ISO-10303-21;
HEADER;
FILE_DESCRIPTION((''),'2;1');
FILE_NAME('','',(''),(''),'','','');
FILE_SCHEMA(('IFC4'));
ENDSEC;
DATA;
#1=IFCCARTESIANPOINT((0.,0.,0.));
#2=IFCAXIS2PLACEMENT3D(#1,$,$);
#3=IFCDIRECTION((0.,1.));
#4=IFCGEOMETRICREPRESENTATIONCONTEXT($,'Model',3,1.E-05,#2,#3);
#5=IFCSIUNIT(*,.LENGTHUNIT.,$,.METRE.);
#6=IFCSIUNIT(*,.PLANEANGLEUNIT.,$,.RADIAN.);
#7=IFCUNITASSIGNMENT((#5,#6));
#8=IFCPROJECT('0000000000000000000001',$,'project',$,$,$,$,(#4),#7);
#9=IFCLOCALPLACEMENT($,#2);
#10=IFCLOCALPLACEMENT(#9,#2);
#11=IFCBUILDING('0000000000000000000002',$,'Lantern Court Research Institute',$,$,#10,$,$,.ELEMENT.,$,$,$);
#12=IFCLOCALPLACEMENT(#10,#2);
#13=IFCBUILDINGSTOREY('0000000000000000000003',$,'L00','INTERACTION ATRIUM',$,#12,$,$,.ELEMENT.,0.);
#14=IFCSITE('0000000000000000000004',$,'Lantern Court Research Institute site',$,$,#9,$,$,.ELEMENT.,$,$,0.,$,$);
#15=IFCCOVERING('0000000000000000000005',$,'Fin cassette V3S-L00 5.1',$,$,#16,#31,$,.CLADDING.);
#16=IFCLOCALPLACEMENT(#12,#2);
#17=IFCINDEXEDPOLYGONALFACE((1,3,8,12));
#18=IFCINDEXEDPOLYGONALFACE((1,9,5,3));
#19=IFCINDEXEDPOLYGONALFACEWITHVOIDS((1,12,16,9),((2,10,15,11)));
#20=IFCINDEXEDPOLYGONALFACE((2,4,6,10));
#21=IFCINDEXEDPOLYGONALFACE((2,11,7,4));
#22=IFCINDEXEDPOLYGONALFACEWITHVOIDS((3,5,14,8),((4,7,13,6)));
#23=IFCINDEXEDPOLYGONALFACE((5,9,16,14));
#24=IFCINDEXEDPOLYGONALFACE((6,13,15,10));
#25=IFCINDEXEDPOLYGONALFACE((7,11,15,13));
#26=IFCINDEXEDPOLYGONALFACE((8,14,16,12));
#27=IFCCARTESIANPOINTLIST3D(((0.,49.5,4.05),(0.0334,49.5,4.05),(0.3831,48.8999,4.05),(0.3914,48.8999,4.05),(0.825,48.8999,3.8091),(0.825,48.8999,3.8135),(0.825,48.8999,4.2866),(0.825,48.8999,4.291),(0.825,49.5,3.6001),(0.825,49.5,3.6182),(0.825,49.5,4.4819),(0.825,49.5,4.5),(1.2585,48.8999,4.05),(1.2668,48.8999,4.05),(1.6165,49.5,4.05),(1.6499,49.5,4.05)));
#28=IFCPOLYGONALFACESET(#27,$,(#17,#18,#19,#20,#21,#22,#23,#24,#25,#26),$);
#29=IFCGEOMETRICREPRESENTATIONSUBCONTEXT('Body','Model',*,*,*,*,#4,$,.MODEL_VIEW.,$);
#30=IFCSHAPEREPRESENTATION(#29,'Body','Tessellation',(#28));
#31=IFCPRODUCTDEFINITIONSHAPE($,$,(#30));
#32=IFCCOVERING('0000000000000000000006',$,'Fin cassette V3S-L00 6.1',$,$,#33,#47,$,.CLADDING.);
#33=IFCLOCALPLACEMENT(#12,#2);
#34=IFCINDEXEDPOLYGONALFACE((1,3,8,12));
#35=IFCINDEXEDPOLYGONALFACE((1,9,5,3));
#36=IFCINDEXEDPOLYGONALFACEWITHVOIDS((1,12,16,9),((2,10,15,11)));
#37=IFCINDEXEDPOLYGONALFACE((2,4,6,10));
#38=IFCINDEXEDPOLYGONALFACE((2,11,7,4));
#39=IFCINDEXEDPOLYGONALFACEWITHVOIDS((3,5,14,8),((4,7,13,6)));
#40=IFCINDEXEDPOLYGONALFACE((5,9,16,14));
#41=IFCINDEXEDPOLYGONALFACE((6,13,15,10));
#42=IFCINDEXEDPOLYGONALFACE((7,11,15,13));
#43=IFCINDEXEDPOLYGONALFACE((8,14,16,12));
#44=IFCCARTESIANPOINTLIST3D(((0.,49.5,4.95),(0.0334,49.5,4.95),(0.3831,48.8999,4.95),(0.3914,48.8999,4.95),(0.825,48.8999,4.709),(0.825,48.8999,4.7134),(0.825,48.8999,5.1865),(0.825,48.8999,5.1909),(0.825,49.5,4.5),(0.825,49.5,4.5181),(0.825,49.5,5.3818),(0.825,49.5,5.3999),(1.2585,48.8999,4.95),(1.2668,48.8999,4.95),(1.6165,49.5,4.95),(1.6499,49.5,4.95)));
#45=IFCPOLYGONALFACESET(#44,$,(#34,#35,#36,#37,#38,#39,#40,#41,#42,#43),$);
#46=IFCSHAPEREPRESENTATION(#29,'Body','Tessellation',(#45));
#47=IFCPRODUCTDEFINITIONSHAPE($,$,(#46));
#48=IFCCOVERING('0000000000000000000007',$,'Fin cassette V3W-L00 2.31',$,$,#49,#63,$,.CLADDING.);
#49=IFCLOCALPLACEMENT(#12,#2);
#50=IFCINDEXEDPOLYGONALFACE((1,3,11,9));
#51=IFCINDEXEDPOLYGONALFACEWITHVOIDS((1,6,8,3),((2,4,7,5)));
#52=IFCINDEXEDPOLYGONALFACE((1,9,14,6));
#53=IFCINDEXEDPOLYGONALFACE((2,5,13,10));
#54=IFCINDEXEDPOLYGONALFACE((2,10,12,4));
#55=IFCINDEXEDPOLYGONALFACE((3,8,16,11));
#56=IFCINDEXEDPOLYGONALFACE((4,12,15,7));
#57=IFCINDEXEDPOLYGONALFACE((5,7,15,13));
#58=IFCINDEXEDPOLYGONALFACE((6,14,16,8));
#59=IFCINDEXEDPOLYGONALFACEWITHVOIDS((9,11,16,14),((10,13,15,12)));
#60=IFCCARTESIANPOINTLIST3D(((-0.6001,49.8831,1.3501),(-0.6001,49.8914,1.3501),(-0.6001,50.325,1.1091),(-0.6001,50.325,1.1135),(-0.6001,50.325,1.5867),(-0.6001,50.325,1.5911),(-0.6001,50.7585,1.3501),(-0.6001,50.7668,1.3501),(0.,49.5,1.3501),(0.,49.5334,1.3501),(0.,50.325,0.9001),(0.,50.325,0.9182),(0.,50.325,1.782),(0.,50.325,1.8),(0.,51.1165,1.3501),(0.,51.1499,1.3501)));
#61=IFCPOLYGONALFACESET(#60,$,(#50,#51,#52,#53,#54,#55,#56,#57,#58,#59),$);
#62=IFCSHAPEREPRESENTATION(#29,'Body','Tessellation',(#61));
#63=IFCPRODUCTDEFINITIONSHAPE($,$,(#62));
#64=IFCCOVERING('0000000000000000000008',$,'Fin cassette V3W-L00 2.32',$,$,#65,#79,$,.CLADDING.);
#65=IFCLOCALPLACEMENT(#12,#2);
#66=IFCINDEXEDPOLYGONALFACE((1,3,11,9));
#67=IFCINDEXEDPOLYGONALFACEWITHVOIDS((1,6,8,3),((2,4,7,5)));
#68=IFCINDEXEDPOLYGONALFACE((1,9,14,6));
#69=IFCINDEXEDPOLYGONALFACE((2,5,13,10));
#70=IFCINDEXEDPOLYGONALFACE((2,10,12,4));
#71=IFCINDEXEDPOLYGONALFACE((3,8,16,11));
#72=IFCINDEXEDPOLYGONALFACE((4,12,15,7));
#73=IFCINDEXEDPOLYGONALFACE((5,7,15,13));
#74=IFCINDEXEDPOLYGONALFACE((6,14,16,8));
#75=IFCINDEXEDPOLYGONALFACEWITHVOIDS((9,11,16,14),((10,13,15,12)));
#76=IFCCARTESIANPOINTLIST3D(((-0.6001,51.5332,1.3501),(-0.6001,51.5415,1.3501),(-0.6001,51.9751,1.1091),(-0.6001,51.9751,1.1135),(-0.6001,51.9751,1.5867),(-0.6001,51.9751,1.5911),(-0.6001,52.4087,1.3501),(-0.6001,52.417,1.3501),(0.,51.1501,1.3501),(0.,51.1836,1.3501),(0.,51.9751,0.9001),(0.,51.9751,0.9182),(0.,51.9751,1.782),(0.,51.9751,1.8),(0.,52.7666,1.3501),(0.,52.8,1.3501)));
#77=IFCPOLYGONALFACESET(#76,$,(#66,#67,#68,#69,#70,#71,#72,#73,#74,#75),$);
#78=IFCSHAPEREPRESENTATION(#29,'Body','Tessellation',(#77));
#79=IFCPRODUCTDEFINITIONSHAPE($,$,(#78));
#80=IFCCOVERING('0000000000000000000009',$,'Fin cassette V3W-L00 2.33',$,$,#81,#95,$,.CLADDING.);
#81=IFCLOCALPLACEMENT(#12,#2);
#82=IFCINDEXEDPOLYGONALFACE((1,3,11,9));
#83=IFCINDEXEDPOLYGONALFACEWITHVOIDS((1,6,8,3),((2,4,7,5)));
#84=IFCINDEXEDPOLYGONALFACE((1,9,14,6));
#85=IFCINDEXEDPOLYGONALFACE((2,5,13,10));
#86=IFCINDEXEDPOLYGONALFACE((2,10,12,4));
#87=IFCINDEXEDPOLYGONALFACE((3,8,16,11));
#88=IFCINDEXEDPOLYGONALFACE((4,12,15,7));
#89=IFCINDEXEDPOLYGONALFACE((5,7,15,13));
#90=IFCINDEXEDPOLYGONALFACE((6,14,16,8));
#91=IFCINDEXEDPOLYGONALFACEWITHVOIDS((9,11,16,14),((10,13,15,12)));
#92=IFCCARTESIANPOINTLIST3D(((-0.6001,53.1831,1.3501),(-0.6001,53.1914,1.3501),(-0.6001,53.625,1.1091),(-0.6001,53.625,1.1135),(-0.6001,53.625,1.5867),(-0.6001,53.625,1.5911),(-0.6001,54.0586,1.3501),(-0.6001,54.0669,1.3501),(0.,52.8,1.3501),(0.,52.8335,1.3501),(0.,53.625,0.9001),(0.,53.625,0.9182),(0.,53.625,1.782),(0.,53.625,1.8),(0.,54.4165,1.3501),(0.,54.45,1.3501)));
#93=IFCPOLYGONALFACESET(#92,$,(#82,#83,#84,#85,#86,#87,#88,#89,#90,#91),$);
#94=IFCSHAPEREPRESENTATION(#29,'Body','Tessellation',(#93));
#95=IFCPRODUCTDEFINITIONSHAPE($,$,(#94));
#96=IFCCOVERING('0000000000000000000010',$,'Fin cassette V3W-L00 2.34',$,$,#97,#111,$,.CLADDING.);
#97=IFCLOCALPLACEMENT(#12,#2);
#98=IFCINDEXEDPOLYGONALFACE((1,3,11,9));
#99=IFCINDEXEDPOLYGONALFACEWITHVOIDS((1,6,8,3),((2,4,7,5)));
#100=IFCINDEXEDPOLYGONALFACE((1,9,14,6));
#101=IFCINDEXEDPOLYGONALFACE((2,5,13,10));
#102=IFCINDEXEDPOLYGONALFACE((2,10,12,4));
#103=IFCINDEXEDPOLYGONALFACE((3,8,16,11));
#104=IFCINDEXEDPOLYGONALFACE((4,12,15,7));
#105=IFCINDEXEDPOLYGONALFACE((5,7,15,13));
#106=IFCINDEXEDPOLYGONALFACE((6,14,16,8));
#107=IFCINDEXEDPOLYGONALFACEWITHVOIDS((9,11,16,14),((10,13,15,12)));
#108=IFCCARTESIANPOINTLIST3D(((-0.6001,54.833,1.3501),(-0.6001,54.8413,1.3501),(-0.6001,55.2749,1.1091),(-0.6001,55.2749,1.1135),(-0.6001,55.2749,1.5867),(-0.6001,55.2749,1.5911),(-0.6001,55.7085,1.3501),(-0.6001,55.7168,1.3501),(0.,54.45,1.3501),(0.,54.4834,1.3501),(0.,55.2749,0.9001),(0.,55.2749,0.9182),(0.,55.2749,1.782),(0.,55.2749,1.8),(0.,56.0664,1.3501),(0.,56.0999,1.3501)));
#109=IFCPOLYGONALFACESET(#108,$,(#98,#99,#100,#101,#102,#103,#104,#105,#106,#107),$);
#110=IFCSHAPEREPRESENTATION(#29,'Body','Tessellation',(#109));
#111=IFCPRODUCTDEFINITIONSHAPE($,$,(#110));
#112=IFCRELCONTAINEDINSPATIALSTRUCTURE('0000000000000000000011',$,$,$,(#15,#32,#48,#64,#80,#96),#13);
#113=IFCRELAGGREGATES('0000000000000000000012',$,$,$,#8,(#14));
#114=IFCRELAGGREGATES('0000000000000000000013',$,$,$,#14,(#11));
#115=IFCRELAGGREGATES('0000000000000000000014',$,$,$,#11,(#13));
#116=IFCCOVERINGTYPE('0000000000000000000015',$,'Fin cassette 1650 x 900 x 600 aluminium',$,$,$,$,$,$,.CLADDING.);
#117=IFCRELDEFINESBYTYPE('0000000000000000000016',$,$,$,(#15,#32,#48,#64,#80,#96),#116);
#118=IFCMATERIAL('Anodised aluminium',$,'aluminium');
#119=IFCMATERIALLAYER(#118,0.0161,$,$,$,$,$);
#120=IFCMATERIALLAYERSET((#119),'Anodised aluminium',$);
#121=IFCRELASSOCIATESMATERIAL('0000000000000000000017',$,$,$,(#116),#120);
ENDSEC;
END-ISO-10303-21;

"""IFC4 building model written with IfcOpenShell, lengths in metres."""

from ifc_helpers import new_model, entity, si_unit, direction, frame, origin, place, context, subcontext, project, spatial, material, layer, layer_set, type_object, element, save


model = new_model("IFC4")

# Units and contexts
model_context = context("Model", 3, precision=1e-05, world=origin(), true_north=direction((0.0, 1.0)))
body_context = subcontext(model_context, "Body", "Model", "MODEL_VIEW")
ifc_project = project(units=[si_unit("LENGTHUNIT", "METRE"), si_unit("PLANEANGLEUNIT", "RADIAN")], contexts=[model_context])

# Site, building, storey
site_placement = place(None, origin())
site = spatial("IfcSite", under=ifc_project, at=site_placement, Name="Lantern Court Research Institute site", CompositionType="ELEMENT", RefElevation=0.0)
building_placement = place(site_placement, origin())
building = spatial("IfcBuilding", under=site, at=building_placement, Name="Lantern Court Research Institute", CompositionType="ELEMENT")
storey_placement = place(building_placement, origin())
storey = spatial("IfcBuildingStorey", under=building, at=storey_placement, Name="L00", Description="INTERACTION ATRIUM", CompositionType="ELEMENT", Elevation=0.0)

# Coverings
ifc_material_1 = material(Name="Anodised aluminium", Category="aluminium")
ifc_layer_1 = layer(ifc_material_1, 0.0161)
ifc_layer_set_1 = layer_set([ifc_layer_1], Name="Anodised aluminium")
covering_type = type_object("IfcCoveringType", Name="Fin cassette 1650 x 900 x 600 aluminium", PredefinedType="CLADDING", material=ifc_layer_set_1)
covering_1_placement = place(storey_placement, frame((0.825, 49.5, 4.05), z_axis=(0.0, -1.0, 0.0), x_axis=(1.0, 0.0, 0.0)))
cartesian_point_1 = entity("IfcCartesianPoint", [0.825, 0.0])
cartesian_point_2 = entity("IfcCartesianPoint", [0.7915, 0.0])
cartesian_point_3 = entity("IfcCartesianPoint", [0.4419, 0.0])
cartesian_point_4 = entity("IfcCartesianPoint", [0.4336, 0.0])
element("IfcCovering", 1, at=covering_1_placement, inside=storey, type_object=covering_type, Name="Fin cassette V3S-L00 5.1", PredefinedType="CLADDING", context=body_context, shape_type="SweptSolid", body=[
    entity("IfcExtrudedAreaSolidTapered", entity("IfcArbitraryProfileDefWithVoids", "AREA", None, entity("IfcPolyline", [cartesian_point_1, entity("IfcCartesianPoint", [0.0, 0.45]), entity("IfcCartesianPoint", [-0.825, 0.0]), entity("IfcCartesianPoint", [0.0, -0.45]), cartesian_point_1]), [entity("IfcPolyline", [cartesian_point_2, entity("IfcCartesianPoint", [0.0, 0.4319]), entity("IfcCartesianPoint", [-0.7915, 0.0]), entity("IfcCartesianPoint", [0.0, -0.4319]), cartesian_point_2])]), entity("IfcAxis2Placement3D", entity("IfcCartesianPoint", [0.0, 0.0, 0.0])), entity("IfcDirection", [0.0, 0.0, 1.0]), 0.6001, entity("IfcArbitraryProfileDefWithVoids", "AREA", None, entity("IfcPolyline", [cartesian_point_3, entity("IfcCartesianPoint", [0.0, 0.241]), entity("IfcCartesianPoint", [-0.4419, 0.0]), entity("IfcCartesianPoint", [0.0, -0.241]), cartesian_point_3]), [entity("IfcPolyline", [cartesian_point_4, entity("IfcCartesianPoint", [0.0, 0.2366]), entity("IfcCartesianPoint", [-0.4336, 0.0]), entity("IfcCartesianPoint", [0.0, -0.2366]), cartesian_point_4])])),
])
covering_2_placement = place(storey_placement, frame((0.825, 49.5, 4.95), z_axis=(0.0, -1.0, 0.0), x_axis=(1.0, 0.0, 0.0)))
cartesian_point_5 = entity("IfcCartesianPoint", [0.825, 0.0])
cartesian_point_6 = entity("IfcCartesianPoint", [0.7915, 0.0])
cartesian_point_7 = entity("IfcCartesianPoint", [0.4419, 0.0])
cartesian_point_8 = entity("IfcCartesianPoint", [0.4336, 0.0])
element("IfcCovering", 2, at=covering_2_placement, inside=storey, type_object=covering_type, Name="Fin cassette V3S-L00 6.1", PredefinedType="CLADDING", context=body_context, shape_type="SweptSolid", body=[
    entity("IfcExtrudedAreaSolidTapered", entity("IfcArbitraryProfileDefWithVoids", "AREA", None, entity("IfcPolyline", [cartesian_point_5, entity("IfcCartesianPoint", [0.0, 0.45]), entity("IfcCartesianPoint", [-0.825, 0.0]), entity("IfcCartesianPoint", [0.0, -0.45]), cartesian_point_5]), [entity("IfcPolyline", [cartesian_point_6, entity("IfcCartesianPoint", [0.0, 0.4319]), entity("IfcCartesianPoint", [-0.7915, 0.0]), entity("IfcCartesianPoint", [0.0, -0.4319]), cartesian_point_6])]), entity("IfcAxis2Placement3D", entity("IfcCartesianPoint", [0.0, 0.0, 0.0])), entity("IfcDirection", [0.0, 0.0, 1.0]), 0.6001, entity("IfcArbitraryProfileDefWithVoids", "AREA", None, entity("IfcPolyline", [cartesian_point_7, entity("IfcCartesianPoint", [0.0, 0.241]), entity("IfcCartesianPoint", [-0.4419, 0.0]), entity("IfcCartesianPoint", [0.0, -0.241]), cartesian_point_7]), [entity("IfcPolyline", [cartesian_point_8, entity("IfcCartesianPoint", [0.0, 0.2366]), entity("IfcCartesianPoint", [-0.4336, 0.0]), entity("IfcCartesianPoint", [0.0, -0.2366]), cartesian_point_8])])),
])
covering_3_placement = place(storey_placement, frame((0.0, 50.325, 1.3501), z_axis=(-1.0, 0.0, 0.0), x_axis=(0.0, -1.0, 0.0)))
cartesian_point_9 = entity("IfcCartesianPoint", [0.825, 0.0])
cartesian_point_10 = entity("IfcCartesianPoint", [0.7915, 0.0])
cartesian_point_11 = entity("IfcCartesianPoint", [0.4419, 0.0])
cartesian_point_12 = entity("IfcCartesianPoint", [0.4336, 0.0])
element("IfcCovering", 3, at=covering_3_placement, inside=storey, type_object=covering_type, Name="Fin cassette V3W-L00 2.31", PredefinedType="CLADDING", context=body_context, shape_type="SweptSolid", body=[
    entity("IfcExtrudedAreaSolidTapered", entity("IfcArbitraryProfileDefWithVoids", "AREA", None, entity("IfcPolyline", [cartesian_point_9, entity("IfcCartesianPoint", [0.0, 0.45]), entity("IfcCartesianPoint", [-0.825, 0.0]), entity("IfcCartesianPoint", [0.0, -0.45]), cartesian_point_9]), [entity("IfcPolyline", [cartesian_point_10, entity("IfcCartesianPoint", [0.0, 0.4319]), entity("IfcCartesianPoint", [-0.7915, 0.0]), entity("IfcCartesianPoint", [0.0, -0.4319]), cartesian_point_10])]), entity("IfcAxis2Placement3D", entity("IfcCartesianPoint", [0.0, 0.0, 0.0])), entity("IfcDirection", [0.0, 0.0, 1.0]), 0.6001, entity("IfcArbitraryProfileDefWithVoids", "AREA", None, entity("IfcPolyline", [cartesian_point_11, entity("IfcCartesianPoint", [0.0, 0.241]), entity("IfcCartesianPoint", [-0.4419, 0.0]), entity("IfcCartesianPoint", [0.0, -0.241]), cartesian_point_11]), [entity("IfcPolyline", [cartesian_point_12, entity("IfcCartesianPoint", [0.0, 0.2366]), entity("IfcCartesianPoint", [-0.4336, 0.0]), entity("IfcCartesianPoint", [0.0, -0.2366]), cartesian_point_12])])),
])
covering_4_placement = place(storey_placement, frame((0.0, 51.9751, 1.3501), z_axis=(-1.0, 0.0, 0.0), x_axis=(0.0, -1.0, 0.0)))
cartesian_point_13 = entity("IfcCartesianPoint", [0.825, 0.0])
cartesian_point_14 = entity("IfcCartesianPoint", [0.7915, 0.0])
cartesian_point_15 = entity("IfcCartesianPoint", [0.4419, 0.0])
cartesian_point_16 = entity("IfcCartesianPoint", [0.4336, 0.0])
element("IfcCovering", 4, at=covering_4_placement, inside=storey, type_object=covering_type, Name="Fin cassette V3W-L00 2.32", PredefinedType="CLADDING", context=body_context, shape_type="SweptSolid", body=[
    entity("IfcExtrudedAreaSolidTapered", entity("IfcArbitraryProfileDefWithVoids", "AREA", None, entity("IfcPolyline", [cartesian_point_13, entity("IfcCartesianPoint", [0.0, 0.45]), entity("IfcCartesianPoint", [-0.825, 0.0]), entity("IfcCartesianPoint", [0.0, -0.45]), cartesian_point_13]), [entity("IfcPolyline", [cartesian_point_14, entity("IfcCartesianPoint", [0.0, 0.4319]), entity("IfcCartesianPoint", [-0.7915, 0.0]), entity("IfcCartesianPoint", [0.0, -0.4319]), cartesian_point_14])]), entity("IfcAxis2Placement3D", entity("IfcCartesianPoint", [0.0, 0.0, 0.0])), entity("IfcDirection", [0.0, 0.0, 1.0]), 0.6001, entity("IfcArbitraryProfileDefWithVoids", "AREA", None, entity("IfcPolyline", [cartesian_point_15, entity("IfcCartesianPoint", [0.0, 0.241]), entity("IfcCartesianPoint", [-0.4419, 0.0]), entity("IfcCartesianPoint", [0.0, -0.241]), cartesian_point_15]), [entity("IfcPolyline", [cartesian_point_16, entity("IfcCartesianPoint", [0.0, 0.2366]), entity("IfcCartesianPoint", [-0.4336, 0.0]), entity("IfcCartesianPoint", [0.0, -0.2366]), cartesian_point_16])])),
])
covering_5_placement = place(storey_placement, frame((0.0, 53.625, 1.3501), z_axis=(-1.0, 0.0, 0.0), x_axis=(0.0, -1.0, 0.0)))
cartesian_point_17 = entity("IfcCartesianPoint", [0.825, 0.0])
cartesian_point_18 = entity("IfcCartesianPoint", [0.7915, 0.0])
cartesian_point_19 = entity("IfcCartesianPoint", [0.4419, 0.0])
cartesian_point_20 = entity("IfcCartesianPoint", [0.4336, 0.0])
element("IfcCovering", 5, at=covering_5_placement, inside=storey, type_object=covering_type, Name="Fin cassette V3W-L00 2.33", PredefinedType="CLADDING", context=body_context, shape_type="SweptSolid", body=[
    entity("IfcExtrudedAreaSolidTapered", entity("IfcArbitraryProfileDefWithVoids", "AREA", None, entity("IfcPolyline", [cartesian_point_17, entity("IfcCartesianPoint", [0.0, 0.45]), entity("IfcCartesianPoint", [-0.825, 0.0]), entity("IfcCartesianPoint", [0.0, -0.45]), cartesian_point_17]), [entity("IfcPolyline", [cartesian_point_18, entity("IfcCartesianPoint", [0.0, 0.4319]), entity("IfcCartesianPoint", [-0.7915, 0.0]), entity("IfcCartesianPoint", [0.0, -0.4319]), cartesian_point_18])]), entity("IfcAxis2Placement3D", entity("IfcCartesianPoint", [0.0, 0.0, 0.0])), entity("IfcDirection", [0.0, 0.0, 1.0]), 0.6001, entity("IfcArbitraryProfileDefWithVoids", "AREA", None, entity("IfcPolyline", [cartesian_point_19, entity("IfcCartesianPoint", [0.0, 0.241]), entity("IfcCartesianPoint", [-0.4419, 0.0]), entity("IfcCartesianPoint", [0.0, -0.241]), cartesian_point_19]), [entity("IfcPolyline", [cartesian_point_20, entity("IfcCartesianPoint", [0.0, 0.2366]), entity("IfcCartesianPoint", [-0.4336, 0.0]), entity("IfcCartesianPoint", [0.0, -0.2366]), cartesian_point_20])])),
])
covering_6_placement = place(storey_placement, frame((0.0, 55.2749, 1.3501), z_axis=(-1.0, 0.0, 0.0), x_axis=(0.0, -1.0, 0.0)))
cartesian_point_21 = entity("IfcCartesianPoint", [0.825, 0.0])
cartesian_point_22 = entity("IfcCartesianPoint", [0.7915, 0.0])
cartesian_point_23 = entity("IfcCartesianPoint", [0.4419, 0.0])
cartesian_point_24 = entity("IfcCartesianPoint", [0.4336, 0.0])
element("IfcCovering", 6, at=covering_6_placement, inside=storey, type_object=covering_type, Name="Fin cassette V3W-L00 2.34", PredefinedType="CLADDING", context=body_context, shape_type="SweptSolid", body=[
    entity("IfcExtrudedAreaSolidTapered", entity("IfcArbitraryProfileDefWithVoids", "AREA", None, entity("IfcPolyline", [cartesian_point_21, entity("IfcCartesianPoint", [0.0, 0.45]), entity("IfcCartesianPoint", [-0.825, 0.0]), entity("IfcCartesianPoint", [0.0, -0.45]), cartesian_point_21]), [entity("IfcPolyline", [cartesian_point_22, entity("IfcCartesianPoint", [0.0, 0.4319]), entity("IfcCartesianPoint", [-0.7915, 0.0]), entity("IfcCartesianPoint", [0.0, -0.4319]), cartesian_point_22])]), entity("IfcAxis2Placement3D", entity("IfcCartesianPoint", [0.0, 0.0, 0.0])), entity("IfcDirection", [0.0, 0.0, 1.0]), 0.6001, entity("IfcArbitraryProfileDefWithVoids", "AREA", None, entity("IfcPolyline", [cartesian_point_23, entity("IfcCartesianPoint", [0.0, 0.241]), entity("IfcCartesianPoint", [-0.4419, 0.0]), entity("IfcCartesianPoint", [0.0, -0.241]), cartesian_point_23]), [entity("IfcPolyline", [cartesian_point_24, entity("IfcCartesianPoint", [0.0, 0.2366]), entity("IfcCartesianPoint", [-0.4336, 0.0]), entity("IfcCartesianPoint", [0.0, -0.2366]), cartesian_point_24])])),
])

save(model, "model.ifc")
